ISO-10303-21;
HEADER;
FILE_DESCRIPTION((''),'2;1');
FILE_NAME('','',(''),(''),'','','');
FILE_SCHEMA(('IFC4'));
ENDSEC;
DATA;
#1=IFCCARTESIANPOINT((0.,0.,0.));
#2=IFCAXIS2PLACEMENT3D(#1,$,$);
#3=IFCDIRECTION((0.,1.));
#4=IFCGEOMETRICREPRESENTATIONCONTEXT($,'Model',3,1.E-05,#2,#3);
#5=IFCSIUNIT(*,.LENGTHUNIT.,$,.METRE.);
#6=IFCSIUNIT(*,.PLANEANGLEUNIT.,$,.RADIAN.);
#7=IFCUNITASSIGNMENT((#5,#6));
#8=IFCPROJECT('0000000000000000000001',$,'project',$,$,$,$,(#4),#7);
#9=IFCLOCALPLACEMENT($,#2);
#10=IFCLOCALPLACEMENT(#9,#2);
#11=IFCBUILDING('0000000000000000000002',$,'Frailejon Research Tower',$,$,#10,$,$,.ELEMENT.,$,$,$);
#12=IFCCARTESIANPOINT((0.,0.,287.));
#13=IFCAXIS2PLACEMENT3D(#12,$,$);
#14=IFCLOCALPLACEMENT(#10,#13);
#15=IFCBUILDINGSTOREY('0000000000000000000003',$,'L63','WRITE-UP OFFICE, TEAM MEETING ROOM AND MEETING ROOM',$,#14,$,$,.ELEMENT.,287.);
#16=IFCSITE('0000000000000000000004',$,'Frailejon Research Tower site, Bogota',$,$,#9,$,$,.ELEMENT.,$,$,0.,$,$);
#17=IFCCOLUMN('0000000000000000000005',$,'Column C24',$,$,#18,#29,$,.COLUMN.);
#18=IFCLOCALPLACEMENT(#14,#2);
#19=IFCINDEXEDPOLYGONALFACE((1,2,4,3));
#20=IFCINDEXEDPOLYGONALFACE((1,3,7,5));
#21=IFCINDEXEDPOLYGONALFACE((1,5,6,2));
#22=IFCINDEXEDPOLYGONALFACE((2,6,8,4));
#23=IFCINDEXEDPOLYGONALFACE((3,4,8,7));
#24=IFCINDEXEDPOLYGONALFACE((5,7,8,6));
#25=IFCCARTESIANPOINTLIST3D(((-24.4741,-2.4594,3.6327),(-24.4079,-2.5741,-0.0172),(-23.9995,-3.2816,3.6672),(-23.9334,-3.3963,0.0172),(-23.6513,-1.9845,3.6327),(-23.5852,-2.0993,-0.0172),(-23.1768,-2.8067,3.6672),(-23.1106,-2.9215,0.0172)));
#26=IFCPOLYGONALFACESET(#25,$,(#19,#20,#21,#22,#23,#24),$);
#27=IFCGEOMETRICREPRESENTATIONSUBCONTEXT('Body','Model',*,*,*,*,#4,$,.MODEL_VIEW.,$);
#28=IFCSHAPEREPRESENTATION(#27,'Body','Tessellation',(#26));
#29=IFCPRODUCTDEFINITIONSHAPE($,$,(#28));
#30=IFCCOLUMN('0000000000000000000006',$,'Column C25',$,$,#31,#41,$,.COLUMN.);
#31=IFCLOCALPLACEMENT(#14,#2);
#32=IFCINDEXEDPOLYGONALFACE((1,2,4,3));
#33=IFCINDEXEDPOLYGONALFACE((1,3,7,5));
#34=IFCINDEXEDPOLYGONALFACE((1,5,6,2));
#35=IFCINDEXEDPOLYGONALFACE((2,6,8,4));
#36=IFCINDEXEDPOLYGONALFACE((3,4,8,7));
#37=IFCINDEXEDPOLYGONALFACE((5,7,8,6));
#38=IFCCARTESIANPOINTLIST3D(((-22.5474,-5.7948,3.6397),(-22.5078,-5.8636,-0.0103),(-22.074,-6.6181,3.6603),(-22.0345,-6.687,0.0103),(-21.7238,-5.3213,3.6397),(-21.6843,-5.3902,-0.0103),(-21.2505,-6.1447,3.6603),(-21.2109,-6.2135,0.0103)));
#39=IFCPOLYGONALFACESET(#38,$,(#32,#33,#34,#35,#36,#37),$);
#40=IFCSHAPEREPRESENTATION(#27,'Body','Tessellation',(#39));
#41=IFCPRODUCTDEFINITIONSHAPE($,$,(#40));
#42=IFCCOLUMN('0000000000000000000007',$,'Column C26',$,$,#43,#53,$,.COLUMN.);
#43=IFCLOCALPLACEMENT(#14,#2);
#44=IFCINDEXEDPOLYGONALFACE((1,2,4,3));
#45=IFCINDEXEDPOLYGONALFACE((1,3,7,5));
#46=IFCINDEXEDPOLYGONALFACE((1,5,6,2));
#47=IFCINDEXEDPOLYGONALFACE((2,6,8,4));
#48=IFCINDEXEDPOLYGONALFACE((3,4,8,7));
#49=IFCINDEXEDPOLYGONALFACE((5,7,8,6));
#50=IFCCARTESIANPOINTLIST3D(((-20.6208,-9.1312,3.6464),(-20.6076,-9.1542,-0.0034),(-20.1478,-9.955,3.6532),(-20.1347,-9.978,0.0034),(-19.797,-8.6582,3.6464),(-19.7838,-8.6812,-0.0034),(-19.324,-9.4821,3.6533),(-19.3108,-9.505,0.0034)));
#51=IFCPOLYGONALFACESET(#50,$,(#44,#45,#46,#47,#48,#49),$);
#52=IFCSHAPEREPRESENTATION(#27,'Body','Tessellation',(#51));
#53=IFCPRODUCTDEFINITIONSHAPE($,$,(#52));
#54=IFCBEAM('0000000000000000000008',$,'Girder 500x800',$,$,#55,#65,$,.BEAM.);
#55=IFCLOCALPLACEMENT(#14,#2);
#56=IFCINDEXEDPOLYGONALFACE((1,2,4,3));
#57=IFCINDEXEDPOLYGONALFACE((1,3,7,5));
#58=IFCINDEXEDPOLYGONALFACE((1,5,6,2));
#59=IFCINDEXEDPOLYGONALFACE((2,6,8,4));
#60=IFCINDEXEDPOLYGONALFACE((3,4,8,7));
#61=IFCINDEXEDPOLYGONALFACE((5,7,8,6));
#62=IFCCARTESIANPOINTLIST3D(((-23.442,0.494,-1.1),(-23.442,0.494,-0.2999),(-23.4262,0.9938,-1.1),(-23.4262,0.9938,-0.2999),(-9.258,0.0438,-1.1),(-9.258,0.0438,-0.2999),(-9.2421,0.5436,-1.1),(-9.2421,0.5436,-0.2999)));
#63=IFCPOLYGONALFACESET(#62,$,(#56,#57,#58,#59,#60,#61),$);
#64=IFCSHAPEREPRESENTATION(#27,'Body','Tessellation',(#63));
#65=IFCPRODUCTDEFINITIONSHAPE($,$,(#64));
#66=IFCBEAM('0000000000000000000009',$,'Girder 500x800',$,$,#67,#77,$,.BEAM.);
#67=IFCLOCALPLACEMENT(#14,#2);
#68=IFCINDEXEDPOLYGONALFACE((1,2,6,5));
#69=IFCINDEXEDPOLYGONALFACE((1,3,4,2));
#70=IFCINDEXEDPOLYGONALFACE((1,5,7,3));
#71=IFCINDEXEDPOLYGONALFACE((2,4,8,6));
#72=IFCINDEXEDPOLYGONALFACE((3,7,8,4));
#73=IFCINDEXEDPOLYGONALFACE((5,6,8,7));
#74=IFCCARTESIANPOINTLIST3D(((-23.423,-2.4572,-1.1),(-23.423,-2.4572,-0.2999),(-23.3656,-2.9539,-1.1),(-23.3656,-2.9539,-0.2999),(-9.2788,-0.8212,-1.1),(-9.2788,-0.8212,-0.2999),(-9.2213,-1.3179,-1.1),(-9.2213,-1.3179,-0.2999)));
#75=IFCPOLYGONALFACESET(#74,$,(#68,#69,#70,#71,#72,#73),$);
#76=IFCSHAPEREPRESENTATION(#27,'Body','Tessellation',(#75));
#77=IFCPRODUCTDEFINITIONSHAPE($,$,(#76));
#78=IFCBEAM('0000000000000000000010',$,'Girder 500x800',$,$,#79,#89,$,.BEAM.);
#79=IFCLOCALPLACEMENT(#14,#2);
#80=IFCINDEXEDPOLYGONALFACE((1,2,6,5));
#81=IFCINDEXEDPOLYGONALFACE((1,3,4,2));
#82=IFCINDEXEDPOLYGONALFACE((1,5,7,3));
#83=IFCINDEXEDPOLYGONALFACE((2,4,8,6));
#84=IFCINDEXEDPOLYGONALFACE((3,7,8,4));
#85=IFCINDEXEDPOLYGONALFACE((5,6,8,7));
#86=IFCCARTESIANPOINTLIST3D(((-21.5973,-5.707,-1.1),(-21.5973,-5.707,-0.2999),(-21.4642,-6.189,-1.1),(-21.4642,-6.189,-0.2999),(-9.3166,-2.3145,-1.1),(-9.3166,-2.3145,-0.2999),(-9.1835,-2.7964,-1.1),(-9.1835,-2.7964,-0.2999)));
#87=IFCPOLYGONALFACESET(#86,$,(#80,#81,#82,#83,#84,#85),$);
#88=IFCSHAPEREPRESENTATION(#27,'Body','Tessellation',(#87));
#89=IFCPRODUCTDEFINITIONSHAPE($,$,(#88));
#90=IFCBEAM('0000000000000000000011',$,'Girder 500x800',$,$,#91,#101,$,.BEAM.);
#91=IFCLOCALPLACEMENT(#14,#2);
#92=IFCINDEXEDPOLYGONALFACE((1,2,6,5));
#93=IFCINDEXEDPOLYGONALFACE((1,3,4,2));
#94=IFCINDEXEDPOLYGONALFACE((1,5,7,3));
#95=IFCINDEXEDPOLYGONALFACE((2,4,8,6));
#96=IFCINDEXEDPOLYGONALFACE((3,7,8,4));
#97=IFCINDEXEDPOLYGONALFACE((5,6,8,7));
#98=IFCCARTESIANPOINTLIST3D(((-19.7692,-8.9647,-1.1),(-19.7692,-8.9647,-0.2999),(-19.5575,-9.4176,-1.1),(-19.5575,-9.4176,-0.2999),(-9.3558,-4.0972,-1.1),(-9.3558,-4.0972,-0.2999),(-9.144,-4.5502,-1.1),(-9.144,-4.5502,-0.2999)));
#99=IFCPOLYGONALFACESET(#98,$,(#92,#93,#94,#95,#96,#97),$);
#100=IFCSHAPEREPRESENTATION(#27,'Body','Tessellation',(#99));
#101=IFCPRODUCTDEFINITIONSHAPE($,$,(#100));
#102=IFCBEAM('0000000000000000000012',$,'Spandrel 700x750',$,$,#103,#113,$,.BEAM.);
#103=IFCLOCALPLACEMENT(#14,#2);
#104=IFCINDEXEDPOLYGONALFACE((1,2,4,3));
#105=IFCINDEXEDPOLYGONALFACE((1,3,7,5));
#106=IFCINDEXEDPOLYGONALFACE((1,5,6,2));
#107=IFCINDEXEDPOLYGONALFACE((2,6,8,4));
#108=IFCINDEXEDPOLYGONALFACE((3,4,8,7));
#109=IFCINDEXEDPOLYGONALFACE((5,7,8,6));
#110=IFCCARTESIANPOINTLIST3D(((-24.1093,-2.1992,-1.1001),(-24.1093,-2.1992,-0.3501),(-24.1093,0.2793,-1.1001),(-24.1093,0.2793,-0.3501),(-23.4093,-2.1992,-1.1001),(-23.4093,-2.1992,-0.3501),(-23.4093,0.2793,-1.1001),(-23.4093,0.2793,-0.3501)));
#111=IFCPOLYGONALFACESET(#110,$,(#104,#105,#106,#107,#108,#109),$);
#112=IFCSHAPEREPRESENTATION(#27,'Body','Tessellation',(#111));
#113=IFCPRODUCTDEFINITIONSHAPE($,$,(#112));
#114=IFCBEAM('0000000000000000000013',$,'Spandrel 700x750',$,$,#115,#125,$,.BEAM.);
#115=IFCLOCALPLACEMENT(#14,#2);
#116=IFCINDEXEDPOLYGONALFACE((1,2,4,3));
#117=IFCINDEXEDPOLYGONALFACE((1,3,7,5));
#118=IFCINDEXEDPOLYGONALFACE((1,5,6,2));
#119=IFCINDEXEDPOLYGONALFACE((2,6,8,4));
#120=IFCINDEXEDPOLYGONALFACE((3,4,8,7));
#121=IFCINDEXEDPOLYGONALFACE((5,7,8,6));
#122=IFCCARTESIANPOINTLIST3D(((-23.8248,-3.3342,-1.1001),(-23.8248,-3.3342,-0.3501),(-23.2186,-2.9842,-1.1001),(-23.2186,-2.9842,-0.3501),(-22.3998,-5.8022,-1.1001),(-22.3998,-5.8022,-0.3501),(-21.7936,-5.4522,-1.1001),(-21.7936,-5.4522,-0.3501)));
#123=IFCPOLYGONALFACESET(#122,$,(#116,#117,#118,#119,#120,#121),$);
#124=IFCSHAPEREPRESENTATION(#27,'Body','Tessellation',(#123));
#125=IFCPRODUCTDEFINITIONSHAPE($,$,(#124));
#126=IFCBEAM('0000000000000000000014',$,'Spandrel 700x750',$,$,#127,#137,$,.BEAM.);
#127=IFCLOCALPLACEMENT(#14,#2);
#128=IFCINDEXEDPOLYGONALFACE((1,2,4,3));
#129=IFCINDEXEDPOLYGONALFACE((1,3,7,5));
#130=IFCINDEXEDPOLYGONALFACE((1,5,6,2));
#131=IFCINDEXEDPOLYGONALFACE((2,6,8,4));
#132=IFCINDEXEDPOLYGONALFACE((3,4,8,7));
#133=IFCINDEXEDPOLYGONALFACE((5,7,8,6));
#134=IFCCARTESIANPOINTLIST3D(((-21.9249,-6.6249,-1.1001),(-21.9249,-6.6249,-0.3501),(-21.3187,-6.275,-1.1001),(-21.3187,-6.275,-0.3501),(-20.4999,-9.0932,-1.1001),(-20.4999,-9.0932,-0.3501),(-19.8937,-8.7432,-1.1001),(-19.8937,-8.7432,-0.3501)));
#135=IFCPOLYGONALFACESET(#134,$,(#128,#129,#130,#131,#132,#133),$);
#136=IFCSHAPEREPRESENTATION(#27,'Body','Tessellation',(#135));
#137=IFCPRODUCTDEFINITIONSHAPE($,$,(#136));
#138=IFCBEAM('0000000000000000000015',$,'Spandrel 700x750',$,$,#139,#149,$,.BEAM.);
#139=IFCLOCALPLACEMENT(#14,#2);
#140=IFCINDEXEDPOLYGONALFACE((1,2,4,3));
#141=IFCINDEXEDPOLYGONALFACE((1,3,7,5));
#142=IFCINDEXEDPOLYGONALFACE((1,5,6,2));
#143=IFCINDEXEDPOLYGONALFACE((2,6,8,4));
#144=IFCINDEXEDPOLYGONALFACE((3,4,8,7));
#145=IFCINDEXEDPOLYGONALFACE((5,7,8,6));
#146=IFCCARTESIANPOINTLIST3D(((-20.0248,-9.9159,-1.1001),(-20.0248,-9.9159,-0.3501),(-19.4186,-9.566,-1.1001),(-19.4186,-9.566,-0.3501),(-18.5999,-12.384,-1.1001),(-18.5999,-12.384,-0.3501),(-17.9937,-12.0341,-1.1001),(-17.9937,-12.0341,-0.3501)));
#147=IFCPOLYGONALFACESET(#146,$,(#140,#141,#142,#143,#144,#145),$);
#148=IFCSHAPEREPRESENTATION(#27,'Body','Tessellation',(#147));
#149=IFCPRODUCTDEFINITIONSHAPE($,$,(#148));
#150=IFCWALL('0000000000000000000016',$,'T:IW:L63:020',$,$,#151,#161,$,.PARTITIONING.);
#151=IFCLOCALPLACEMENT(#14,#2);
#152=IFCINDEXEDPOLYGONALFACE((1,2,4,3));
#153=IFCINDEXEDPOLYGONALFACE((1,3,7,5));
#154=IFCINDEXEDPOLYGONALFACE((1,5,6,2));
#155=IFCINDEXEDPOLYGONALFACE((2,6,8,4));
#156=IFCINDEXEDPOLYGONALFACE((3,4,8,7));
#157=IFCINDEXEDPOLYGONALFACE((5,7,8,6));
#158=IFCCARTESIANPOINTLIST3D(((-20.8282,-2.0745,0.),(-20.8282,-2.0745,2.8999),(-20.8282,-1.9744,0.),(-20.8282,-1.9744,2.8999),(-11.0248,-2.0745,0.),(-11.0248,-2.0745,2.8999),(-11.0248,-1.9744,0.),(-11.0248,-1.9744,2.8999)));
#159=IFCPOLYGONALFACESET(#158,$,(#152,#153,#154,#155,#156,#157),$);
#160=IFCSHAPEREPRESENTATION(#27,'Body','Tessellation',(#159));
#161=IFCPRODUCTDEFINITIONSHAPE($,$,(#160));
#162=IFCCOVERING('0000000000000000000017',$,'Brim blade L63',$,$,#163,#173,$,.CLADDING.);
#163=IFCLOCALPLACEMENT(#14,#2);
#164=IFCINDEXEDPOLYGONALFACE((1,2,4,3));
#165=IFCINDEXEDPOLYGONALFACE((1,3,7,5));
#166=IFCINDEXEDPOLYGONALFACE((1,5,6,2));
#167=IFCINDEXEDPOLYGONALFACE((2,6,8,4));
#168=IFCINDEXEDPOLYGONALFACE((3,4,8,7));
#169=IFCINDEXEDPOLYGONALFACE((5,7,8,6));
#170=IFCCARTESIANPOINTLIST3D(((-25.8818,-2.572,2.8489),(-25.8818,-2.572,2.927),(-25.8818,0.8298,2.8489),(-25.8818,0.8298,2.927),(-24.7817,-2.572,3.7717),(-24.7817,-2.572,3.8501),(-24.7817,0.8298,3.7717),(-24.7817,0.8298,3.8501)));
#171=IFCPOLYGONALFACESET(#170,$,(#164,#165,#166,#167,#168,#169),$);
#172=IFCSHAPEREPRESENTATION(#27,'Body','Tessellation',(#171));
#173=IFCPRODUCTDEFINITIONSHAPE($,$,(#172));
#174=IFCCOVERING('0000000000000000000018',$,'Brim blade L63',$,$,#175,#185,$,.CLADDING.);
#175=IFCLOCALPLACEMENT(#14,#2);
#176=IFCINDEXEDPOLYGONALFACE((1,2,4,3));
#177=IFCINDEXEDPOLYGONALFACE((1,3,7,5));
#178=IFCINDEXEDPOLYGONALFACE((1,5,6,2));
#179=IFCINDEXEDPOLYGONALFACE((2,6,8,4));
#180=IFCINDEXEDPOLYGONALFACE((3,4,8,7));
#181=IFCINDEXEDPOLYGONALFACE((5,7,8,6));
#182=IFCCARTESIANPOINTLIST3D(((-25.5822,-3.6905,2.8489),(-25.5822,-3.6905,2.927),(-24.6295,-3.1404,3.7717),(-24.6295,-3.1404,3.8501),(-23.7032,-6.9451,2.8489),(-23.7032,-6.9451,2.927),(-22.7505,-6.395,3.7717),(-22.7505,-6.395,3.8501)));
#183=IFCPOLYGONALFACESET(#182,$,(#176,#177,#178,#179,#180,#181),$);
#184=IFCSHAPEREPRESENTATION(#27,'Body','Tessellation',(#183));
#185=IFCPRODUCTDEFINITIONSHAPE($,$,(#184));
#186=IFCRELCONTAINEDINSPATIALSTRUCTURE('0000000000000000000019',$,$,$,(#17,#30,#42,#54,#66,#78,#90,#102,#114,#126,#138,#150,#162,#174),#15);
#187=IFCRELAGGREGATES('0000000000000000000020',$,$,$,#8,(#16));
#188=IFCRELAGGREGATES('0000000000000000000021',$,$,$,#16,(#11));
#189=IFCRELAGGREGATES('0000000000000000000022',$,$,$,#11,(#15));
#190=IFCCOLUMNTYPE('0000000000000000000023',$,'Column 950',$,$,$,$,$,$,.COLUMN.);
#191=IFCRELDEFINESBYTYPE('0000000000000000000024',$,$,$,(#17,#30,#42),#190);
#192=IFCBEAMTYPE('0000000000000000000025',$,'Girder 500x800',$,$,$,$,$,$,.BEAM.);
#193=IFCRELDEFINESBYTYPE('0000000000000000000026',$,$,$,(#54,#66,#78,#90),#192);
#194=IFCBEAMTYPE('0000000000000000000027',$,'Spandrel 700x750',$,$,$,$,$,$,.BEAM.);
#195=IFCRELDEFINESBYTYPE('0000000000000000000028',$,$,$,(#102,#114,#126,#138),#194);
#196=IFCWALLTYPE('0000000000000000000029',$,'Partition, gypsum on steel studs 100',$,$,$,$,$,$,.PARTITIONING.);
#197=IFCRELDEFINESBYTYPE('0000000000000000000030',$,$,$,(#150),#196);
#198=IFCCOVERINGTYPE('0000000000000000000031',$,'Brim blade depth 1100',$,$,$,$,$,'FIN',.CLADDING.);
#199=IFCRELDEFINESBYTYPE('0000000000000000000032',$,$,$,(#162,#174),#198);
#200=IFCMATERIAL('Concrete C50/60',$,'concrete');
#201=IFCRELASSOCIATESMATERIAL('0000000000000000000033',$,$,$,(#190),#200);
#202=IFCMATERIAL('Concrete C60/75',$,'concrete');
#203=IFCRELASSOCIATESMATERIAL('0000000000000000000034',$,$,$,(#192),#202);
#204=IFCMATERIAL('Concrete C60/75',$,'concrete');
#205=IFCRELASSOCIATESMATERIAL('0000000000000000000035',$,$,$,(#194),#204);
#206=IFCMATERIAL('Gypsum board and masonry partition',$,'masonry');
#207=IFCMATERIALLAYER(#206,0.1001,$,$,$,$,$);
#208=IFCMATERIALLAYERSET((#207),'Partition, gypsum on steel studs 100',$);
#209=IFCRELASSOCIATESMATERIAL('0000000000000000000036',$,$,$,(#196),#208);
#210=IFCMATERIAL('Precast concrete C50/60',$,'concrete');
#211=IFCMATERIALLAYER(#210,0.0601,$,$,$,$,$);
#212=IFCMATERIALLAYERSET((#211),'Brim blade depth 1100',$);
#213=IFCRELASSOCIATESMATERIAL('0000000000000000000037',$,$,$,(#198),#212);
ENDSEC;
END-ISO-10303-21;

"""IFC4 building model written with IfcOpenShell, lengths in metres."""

from ifc_helpers import new_model, si_unit, direction, frame, frame_2d, origin, origin_2d, place, context, subcontext, project, spatial, polyline, rectangle, outline, extrude, material, layer, layer_set, material_profile, profile_set, type_object, element, save


model = new_model("IFC4")

# Units and contexts
model_context = context("Model", 3, precision=1e-05, world=origin(), true_north=direction((0.0, 1.0)))
body_context = subcontext(model_context, "Body", "Model", "MODEL_VIEW")
ifc_project = project(units=[si_unit("LENGTHUNIT", "METRE"), si_unit("PLANEANGLEUNIT", "RADIAN")], contexts=[model_context])

# Site, building, storey
site_placement = place(None, origin())
site = spatial("IfcSite", under=ifc_project, at=site_placement, Name="Frailejon Research Tower site, Bogota", CompositionType="ELEMENT", RefElevation=0.0)
building_placement = place(site_placement, origin())
building = spatial("IfcBuilding", under=site, at=building_placement, Name="Frailejon Research Tower", CompositionType="ELEMENT")
storey_placement = place(building_placement, frame((0.0, 0.0, 287.0)))
storey = spatial("IfcBuildingStorey", under=building, at=storey_placement, Name="L63", Description="WRITE-UP OFFICE, TEAM MEETING ROOM AND MEETING ROOM", CompositionType="ELEMENT", Elevation=287.0)

# Columns
ifc_material_1 = material(Name="Concrete C50/60", Category="concrete")
ifc_material_profile_1 = material_profile(ifc_material_1, rectangle(XDim=0.95, YDim=0.95, at=origin_2d()), Name="Column 950")
ifc_profile_set_1 = profile_set([ifc_material_profile_1], Name="Concrete C50/60")
column_type = type_object("IfcColumnType", Name="Column 950", PredefinedType="COLUMN", material=ifc_profile_set_1)
column_1_placement = place(storey_placement, frame((-23.7593, -2.7478, 0.0), z_axis=(-0.018115, 0.031417, 0.999342), x_axis=(0.499559, -0.86552, 0.036266)))
element("IfcColumn", 1, at=column_1_placement, inside=storey, type_object=column_type, Name="Column C24", PredefinedType="COLUMN", context=body_context, shape_type="SweptSolid", body=[
    extrude(rectangle(XDim=0.95, YDim=0.95, at=origin_2d()), origin(), (0.0, 0.0, 1.0), 3.6523),
])
column_2_placement = place(storey_placement, frame((-21.8594, -6.0386, 0.0), z_axis=(-0.010834, 0.018858, 0.999763), x_axis=(0.498285, -0.86674, 0.021749)))
element("IfcColumn", 2, at=column_2_placement, inside=storey, type_object=column_type, Name="Column C25", PredefinedType="COLUMN", context=body_context, shape_type="SweptSolid", body=[
    extrude(rectangle(XDim=0.95, YDim=0.95, at=origin_2d()), origin(), (0.0, 0.0, 1.0), 3.6509),
])
column_3_placement = place(storey_placement, frame((-19.9592, -9.3296, 0.0), z_axis=(-0.003612, 0.006287, 0.999974), x_axis=(0.49789, -0.86721, 0.007251)))
element("IfcColumn", 3, at=column_3_placement, inside=storey, type_object=column_type, Name="Column C26", PredefinedType="COLUMN", context=body_context, shape_type="SweptSolid", body=[
    extrude(rectangle(XDim=0.95, YDim=0.95, at=origin_2d()), origin(), (0.0, 0.0, 1.0), 3.6499),
])

# Beams
ifc_material_2 = material(Name="Concrete C60/75", Category="concrete")
ifc_material_profile_2 = material_profile(ifc_material_2, rectangle(XDim=0.5, YDim=0.8, at=origin_2d()), Name="Girder 500x800")
ifc_profile_set_2 = profile_set([ifc_material_profile_2], Name="Concrete C60/75")
beam_type_1 = type_object("IfcBeamType", Name="Girder 500x800", PredefinedType="BEAM", material=ifc_profile_set_2)
beam_1_placement = place(storey_placement, frame((-23.4341, 0.7439, -0.7), z_axis=(0.999497, -0.031723, 0.0), x_axis=(0.031723, 0.999497, 0.0)))
element("IfcBeam", 4, at=beam_1_placement, inside=storey, type_object=beam_type_1, Name="Girder 500x800", PredefinedType="BEAM", context=body_context, shape_type="SweptSolid", body=[
    extrude(rectangle(XDim=0.5, YDim=0.8, at=origin_2d()), origin(), (0.0, 0.0, 1.0), 14.1912),
])
beam_2_placement = place(storey_placement, frame((-23.3943, -2.7056, -0.7), z_axis=(0.993377, 0.114898, 0.0), x_axis=(-0.114898, 0.993377, 0.0)))
element("IfcBeam", 5, at=beam_2_placement, inside=storey, type_object=beam_type_1, Name="Girder 500x800", PredefinedType="BEAM", context=body_context, shape_type="SweptSolid", body=[
    extrude(rectangle(XDim=0.5, YDim=0.8, at=origin_2d()), origin(), (0.0, 0.0, 1.0), 14.2385),
])
beam_3_placement = place(storey_placement, frame((-21.5308, -5.948, -0.7), z_axis=(0.963896, 0.266278, 0.0), x_axis=(-0.266278, 0.963896, 0.0)))
element("IfcBeam", 6, at=beam_3_placement, inside=storey, type_object=beam_type_1, Name="Girder 500x800", PredefinedType="BEAM", context=body_context, shape_type="SweptSolid", body=[
    extrude(rectangle(XDim=0.5, YDim=0.8, at=origin_2d()), origin(), (0.0, 0.0, 1.0), 12.7407),
])
beam_4_placement = place(storey_placement, frame((-19.6633, -9.1912, -0.7), z_axis=(0.90592, 0.423448, 0.0), x_axis=(-0.423448, 0.90592, 0.0)))
element("IfcBeam", 7, at=beam_4_placement, inside=storey, type_object=beam_type_1, Name="Girder 500x800", PredefinedType="BEAM", context=body_context, shape_type="SweptSolid", body=[
    extrude(rectangle(XDim=0.5, YDim=0.8, at=origin_2d()), origin(), (0.0, 0.0, 1.0), 11.4949),
])
ifc_material_3 = material(Name="Concrete C60/75", Category="concrete")
ifc_material_profile_3 = material_profile(ifc_material_3, rectangle(XDim=0.7, YDim=0.75, at=origin_2d()), Name="Spandrel 700x750")
ifc_profile_set_3 = profile_set([ifc_material_profile_3], Name="Concrete C60/75")
beam_type_2 = type_object("IfcBeamType", Name="Spandrel 700x750", PredefinedType="BEAM", material=ifc_profile_set_3)
beam_5_placement = place(storey_placement, frame((-23.7593, 0.2793, -0.7251), z_axis=(0.0, -1.0, 0.0), x_axis=(1.0, 0.0, 0.0)))
element("IfcBeam", 8, at=beam_5_placement, inside=storey, type_object=beam_type_2, Name="Spandrel 700x750", PredefinedType="BEAM", context=body_context, shape_type="SweptSolid", body=[
    extrude(rectangle(XDim=0.7, YDim=0.75, at=origin_2d()), origin(), (0.0, 0.0, 1.0), 2.4785),
])
beam_6_placement = place(storey_placement, frame((-23.5217, -3.1592, -0.7251), z_axis=(0.500036, -0.866004, 0.0), x_axis=(0.866004, 0.500036, 0.0)))
element("IfcBeam", 9, at=beam_6_placement, inside=storey, type_object=beam_type_2, Name="Spandrel 700x750", PredefinedType="BEAM", context=body_context, shape_type="SweptSolid", body=[
    extrude(rectangle(XDim=0.7, YDim=0.75, at=origin_2d()), origin(), (0.0, 0.0, 1.0), 2.8499),
])
beam_7_placement = place(storey_placement, frame((-21.6218, -6.45, -0.7251), z_axis=(0.499999, -0.866026, 0.0), x_axis=(0.866026, 0.499999, 0.0)))
element("IfcBeam", 10, at=beam_7_placement, inside=storey, type_object=beam_type_2, Name="Spandrel 700x750", PredefinedType="BEAM", context=body_context, shape_type="SweptSolid", body=[
    extrude(rectangle(XDim=0.7, YDim=0.75, at=origin_2d()), origin(), (0.0, 0.0, 1.0), 2.8501),
])
beam_8_placement = place(storey_placement, frame((-19.7217, -9.741, -0.7251), z_axis=(0.499972, -0.866041, 0.0), x_axis=(0.866041, 0.499972, 0.0)))
element("IfcBeam", 11, at=beam_8_placement, inside=storey, type_object=beam_type_2, Name="Spandrel 700x750", PredefinedType="BEAM", context=body_context, shape_type="SweptSolid", body=[
    extrude(rectangle(XDim=0.7, YDim=0.75, at=origin_2d()), origin(), (0.0, 0.0, 1.0), 2.8499),
])

# Wall
ifc_material_4 = material(Name="Gypsum board and masonry partition", Category="masonry")
ifc_layer_1 = layer(ifc_material_4, 0.1001)
ifc_layer_set_1 = layer_set([ifc_layer_1], Name="Partition, gypsum on steel studs 100")
wall_type_1 = type_object("IfcWallType", Name="Partition, gypsum on steel studs 100", PredefinedType="PARTITIONING", material=ifc_layer_set_1)
wall_1_placement = place(storey_placement, frame((-20.8284, -2.0244, 0.0), z_axis=(0.0, 0.0, 1.0), x_axis=(1.0, 0.0, 0.0)))
element("IfcWall", 12, at=wall_1_placement, inside=storey, type_object=wall_type_1, Name="T:IW:L63:020", PredefinedType="PARTITIONING", context=body_context, shape_type="SweptSolid", body=[
    extrude(rectangle(XDim=9.8035, YDim=0.1001, at=frame_2d((4.9019, 0.0))), origin(), (0.0, 0.0, 1.0), 2.8999),
])

# Coverings
ifc_material_5 = material(Name="Precast concrete C50/60", Category="concrete")
ifc_layer_2 = layer(ifc_material_5, 0.0601)
ifc_layer_set_2 = layer_set([ifc_layer_2], Name="Brim blade depth 1100")
covering_type = type_object("IfcCoveringType", Name="Brim blade depth 1100", ElementType="FIN", PredefinedType="CLADDING", material=ifc_layer_set_2)
covering_placement = place(storey_placement, frame((-24.7817, -2.572, 3.8501), z_axis=(0.0, 1.0, 0.0), x_axis=(-1.0, 0.0, 0.0)))
element("IfcCovering", 13, at=covering_placement, inside=storey, type_object=covering_type, Name="Brim blade L63", PredefinedType="CLADDING", context=body_context, shape_type="SweptSolid", body=[
    extrude(outline(polyline([(0.0, -0.0784), (1.1001, -1.0012), (1.1001, -0.9231), (0.0, 0.0), (0.0, -0.0784)])), origin(), (0.0, 0.0, 1.0), 3.4019),
])
for number, where, z_axis, x_axis, name in (
    (14, (-22.7505, -6.395, 3.8501), (-0.499992, 0.86603, 0.0), (-0.86603, -0.499992, 0.0), "Brim blade L63"),
):
    element("IfcCovering", number, at=place(storey_placement, frame(where, z_axis=z_axis, x_axis=x_axis)), inside=storey, type_object=covering_type, Name=name, PredefinedType="CLADDING", context=body_context, shape_type="SweptSolid", body=[
        extrude(outline(polyline([(0.0, -0.0784), (1.1001, -1.0012), (1.1001, -0.9231), (0.0, 0.0), (0.0, -0.0784)])), origin(), (0.0, 0.0, 1.0), 3.7581),
    ])

save(model, "model.ifc")
